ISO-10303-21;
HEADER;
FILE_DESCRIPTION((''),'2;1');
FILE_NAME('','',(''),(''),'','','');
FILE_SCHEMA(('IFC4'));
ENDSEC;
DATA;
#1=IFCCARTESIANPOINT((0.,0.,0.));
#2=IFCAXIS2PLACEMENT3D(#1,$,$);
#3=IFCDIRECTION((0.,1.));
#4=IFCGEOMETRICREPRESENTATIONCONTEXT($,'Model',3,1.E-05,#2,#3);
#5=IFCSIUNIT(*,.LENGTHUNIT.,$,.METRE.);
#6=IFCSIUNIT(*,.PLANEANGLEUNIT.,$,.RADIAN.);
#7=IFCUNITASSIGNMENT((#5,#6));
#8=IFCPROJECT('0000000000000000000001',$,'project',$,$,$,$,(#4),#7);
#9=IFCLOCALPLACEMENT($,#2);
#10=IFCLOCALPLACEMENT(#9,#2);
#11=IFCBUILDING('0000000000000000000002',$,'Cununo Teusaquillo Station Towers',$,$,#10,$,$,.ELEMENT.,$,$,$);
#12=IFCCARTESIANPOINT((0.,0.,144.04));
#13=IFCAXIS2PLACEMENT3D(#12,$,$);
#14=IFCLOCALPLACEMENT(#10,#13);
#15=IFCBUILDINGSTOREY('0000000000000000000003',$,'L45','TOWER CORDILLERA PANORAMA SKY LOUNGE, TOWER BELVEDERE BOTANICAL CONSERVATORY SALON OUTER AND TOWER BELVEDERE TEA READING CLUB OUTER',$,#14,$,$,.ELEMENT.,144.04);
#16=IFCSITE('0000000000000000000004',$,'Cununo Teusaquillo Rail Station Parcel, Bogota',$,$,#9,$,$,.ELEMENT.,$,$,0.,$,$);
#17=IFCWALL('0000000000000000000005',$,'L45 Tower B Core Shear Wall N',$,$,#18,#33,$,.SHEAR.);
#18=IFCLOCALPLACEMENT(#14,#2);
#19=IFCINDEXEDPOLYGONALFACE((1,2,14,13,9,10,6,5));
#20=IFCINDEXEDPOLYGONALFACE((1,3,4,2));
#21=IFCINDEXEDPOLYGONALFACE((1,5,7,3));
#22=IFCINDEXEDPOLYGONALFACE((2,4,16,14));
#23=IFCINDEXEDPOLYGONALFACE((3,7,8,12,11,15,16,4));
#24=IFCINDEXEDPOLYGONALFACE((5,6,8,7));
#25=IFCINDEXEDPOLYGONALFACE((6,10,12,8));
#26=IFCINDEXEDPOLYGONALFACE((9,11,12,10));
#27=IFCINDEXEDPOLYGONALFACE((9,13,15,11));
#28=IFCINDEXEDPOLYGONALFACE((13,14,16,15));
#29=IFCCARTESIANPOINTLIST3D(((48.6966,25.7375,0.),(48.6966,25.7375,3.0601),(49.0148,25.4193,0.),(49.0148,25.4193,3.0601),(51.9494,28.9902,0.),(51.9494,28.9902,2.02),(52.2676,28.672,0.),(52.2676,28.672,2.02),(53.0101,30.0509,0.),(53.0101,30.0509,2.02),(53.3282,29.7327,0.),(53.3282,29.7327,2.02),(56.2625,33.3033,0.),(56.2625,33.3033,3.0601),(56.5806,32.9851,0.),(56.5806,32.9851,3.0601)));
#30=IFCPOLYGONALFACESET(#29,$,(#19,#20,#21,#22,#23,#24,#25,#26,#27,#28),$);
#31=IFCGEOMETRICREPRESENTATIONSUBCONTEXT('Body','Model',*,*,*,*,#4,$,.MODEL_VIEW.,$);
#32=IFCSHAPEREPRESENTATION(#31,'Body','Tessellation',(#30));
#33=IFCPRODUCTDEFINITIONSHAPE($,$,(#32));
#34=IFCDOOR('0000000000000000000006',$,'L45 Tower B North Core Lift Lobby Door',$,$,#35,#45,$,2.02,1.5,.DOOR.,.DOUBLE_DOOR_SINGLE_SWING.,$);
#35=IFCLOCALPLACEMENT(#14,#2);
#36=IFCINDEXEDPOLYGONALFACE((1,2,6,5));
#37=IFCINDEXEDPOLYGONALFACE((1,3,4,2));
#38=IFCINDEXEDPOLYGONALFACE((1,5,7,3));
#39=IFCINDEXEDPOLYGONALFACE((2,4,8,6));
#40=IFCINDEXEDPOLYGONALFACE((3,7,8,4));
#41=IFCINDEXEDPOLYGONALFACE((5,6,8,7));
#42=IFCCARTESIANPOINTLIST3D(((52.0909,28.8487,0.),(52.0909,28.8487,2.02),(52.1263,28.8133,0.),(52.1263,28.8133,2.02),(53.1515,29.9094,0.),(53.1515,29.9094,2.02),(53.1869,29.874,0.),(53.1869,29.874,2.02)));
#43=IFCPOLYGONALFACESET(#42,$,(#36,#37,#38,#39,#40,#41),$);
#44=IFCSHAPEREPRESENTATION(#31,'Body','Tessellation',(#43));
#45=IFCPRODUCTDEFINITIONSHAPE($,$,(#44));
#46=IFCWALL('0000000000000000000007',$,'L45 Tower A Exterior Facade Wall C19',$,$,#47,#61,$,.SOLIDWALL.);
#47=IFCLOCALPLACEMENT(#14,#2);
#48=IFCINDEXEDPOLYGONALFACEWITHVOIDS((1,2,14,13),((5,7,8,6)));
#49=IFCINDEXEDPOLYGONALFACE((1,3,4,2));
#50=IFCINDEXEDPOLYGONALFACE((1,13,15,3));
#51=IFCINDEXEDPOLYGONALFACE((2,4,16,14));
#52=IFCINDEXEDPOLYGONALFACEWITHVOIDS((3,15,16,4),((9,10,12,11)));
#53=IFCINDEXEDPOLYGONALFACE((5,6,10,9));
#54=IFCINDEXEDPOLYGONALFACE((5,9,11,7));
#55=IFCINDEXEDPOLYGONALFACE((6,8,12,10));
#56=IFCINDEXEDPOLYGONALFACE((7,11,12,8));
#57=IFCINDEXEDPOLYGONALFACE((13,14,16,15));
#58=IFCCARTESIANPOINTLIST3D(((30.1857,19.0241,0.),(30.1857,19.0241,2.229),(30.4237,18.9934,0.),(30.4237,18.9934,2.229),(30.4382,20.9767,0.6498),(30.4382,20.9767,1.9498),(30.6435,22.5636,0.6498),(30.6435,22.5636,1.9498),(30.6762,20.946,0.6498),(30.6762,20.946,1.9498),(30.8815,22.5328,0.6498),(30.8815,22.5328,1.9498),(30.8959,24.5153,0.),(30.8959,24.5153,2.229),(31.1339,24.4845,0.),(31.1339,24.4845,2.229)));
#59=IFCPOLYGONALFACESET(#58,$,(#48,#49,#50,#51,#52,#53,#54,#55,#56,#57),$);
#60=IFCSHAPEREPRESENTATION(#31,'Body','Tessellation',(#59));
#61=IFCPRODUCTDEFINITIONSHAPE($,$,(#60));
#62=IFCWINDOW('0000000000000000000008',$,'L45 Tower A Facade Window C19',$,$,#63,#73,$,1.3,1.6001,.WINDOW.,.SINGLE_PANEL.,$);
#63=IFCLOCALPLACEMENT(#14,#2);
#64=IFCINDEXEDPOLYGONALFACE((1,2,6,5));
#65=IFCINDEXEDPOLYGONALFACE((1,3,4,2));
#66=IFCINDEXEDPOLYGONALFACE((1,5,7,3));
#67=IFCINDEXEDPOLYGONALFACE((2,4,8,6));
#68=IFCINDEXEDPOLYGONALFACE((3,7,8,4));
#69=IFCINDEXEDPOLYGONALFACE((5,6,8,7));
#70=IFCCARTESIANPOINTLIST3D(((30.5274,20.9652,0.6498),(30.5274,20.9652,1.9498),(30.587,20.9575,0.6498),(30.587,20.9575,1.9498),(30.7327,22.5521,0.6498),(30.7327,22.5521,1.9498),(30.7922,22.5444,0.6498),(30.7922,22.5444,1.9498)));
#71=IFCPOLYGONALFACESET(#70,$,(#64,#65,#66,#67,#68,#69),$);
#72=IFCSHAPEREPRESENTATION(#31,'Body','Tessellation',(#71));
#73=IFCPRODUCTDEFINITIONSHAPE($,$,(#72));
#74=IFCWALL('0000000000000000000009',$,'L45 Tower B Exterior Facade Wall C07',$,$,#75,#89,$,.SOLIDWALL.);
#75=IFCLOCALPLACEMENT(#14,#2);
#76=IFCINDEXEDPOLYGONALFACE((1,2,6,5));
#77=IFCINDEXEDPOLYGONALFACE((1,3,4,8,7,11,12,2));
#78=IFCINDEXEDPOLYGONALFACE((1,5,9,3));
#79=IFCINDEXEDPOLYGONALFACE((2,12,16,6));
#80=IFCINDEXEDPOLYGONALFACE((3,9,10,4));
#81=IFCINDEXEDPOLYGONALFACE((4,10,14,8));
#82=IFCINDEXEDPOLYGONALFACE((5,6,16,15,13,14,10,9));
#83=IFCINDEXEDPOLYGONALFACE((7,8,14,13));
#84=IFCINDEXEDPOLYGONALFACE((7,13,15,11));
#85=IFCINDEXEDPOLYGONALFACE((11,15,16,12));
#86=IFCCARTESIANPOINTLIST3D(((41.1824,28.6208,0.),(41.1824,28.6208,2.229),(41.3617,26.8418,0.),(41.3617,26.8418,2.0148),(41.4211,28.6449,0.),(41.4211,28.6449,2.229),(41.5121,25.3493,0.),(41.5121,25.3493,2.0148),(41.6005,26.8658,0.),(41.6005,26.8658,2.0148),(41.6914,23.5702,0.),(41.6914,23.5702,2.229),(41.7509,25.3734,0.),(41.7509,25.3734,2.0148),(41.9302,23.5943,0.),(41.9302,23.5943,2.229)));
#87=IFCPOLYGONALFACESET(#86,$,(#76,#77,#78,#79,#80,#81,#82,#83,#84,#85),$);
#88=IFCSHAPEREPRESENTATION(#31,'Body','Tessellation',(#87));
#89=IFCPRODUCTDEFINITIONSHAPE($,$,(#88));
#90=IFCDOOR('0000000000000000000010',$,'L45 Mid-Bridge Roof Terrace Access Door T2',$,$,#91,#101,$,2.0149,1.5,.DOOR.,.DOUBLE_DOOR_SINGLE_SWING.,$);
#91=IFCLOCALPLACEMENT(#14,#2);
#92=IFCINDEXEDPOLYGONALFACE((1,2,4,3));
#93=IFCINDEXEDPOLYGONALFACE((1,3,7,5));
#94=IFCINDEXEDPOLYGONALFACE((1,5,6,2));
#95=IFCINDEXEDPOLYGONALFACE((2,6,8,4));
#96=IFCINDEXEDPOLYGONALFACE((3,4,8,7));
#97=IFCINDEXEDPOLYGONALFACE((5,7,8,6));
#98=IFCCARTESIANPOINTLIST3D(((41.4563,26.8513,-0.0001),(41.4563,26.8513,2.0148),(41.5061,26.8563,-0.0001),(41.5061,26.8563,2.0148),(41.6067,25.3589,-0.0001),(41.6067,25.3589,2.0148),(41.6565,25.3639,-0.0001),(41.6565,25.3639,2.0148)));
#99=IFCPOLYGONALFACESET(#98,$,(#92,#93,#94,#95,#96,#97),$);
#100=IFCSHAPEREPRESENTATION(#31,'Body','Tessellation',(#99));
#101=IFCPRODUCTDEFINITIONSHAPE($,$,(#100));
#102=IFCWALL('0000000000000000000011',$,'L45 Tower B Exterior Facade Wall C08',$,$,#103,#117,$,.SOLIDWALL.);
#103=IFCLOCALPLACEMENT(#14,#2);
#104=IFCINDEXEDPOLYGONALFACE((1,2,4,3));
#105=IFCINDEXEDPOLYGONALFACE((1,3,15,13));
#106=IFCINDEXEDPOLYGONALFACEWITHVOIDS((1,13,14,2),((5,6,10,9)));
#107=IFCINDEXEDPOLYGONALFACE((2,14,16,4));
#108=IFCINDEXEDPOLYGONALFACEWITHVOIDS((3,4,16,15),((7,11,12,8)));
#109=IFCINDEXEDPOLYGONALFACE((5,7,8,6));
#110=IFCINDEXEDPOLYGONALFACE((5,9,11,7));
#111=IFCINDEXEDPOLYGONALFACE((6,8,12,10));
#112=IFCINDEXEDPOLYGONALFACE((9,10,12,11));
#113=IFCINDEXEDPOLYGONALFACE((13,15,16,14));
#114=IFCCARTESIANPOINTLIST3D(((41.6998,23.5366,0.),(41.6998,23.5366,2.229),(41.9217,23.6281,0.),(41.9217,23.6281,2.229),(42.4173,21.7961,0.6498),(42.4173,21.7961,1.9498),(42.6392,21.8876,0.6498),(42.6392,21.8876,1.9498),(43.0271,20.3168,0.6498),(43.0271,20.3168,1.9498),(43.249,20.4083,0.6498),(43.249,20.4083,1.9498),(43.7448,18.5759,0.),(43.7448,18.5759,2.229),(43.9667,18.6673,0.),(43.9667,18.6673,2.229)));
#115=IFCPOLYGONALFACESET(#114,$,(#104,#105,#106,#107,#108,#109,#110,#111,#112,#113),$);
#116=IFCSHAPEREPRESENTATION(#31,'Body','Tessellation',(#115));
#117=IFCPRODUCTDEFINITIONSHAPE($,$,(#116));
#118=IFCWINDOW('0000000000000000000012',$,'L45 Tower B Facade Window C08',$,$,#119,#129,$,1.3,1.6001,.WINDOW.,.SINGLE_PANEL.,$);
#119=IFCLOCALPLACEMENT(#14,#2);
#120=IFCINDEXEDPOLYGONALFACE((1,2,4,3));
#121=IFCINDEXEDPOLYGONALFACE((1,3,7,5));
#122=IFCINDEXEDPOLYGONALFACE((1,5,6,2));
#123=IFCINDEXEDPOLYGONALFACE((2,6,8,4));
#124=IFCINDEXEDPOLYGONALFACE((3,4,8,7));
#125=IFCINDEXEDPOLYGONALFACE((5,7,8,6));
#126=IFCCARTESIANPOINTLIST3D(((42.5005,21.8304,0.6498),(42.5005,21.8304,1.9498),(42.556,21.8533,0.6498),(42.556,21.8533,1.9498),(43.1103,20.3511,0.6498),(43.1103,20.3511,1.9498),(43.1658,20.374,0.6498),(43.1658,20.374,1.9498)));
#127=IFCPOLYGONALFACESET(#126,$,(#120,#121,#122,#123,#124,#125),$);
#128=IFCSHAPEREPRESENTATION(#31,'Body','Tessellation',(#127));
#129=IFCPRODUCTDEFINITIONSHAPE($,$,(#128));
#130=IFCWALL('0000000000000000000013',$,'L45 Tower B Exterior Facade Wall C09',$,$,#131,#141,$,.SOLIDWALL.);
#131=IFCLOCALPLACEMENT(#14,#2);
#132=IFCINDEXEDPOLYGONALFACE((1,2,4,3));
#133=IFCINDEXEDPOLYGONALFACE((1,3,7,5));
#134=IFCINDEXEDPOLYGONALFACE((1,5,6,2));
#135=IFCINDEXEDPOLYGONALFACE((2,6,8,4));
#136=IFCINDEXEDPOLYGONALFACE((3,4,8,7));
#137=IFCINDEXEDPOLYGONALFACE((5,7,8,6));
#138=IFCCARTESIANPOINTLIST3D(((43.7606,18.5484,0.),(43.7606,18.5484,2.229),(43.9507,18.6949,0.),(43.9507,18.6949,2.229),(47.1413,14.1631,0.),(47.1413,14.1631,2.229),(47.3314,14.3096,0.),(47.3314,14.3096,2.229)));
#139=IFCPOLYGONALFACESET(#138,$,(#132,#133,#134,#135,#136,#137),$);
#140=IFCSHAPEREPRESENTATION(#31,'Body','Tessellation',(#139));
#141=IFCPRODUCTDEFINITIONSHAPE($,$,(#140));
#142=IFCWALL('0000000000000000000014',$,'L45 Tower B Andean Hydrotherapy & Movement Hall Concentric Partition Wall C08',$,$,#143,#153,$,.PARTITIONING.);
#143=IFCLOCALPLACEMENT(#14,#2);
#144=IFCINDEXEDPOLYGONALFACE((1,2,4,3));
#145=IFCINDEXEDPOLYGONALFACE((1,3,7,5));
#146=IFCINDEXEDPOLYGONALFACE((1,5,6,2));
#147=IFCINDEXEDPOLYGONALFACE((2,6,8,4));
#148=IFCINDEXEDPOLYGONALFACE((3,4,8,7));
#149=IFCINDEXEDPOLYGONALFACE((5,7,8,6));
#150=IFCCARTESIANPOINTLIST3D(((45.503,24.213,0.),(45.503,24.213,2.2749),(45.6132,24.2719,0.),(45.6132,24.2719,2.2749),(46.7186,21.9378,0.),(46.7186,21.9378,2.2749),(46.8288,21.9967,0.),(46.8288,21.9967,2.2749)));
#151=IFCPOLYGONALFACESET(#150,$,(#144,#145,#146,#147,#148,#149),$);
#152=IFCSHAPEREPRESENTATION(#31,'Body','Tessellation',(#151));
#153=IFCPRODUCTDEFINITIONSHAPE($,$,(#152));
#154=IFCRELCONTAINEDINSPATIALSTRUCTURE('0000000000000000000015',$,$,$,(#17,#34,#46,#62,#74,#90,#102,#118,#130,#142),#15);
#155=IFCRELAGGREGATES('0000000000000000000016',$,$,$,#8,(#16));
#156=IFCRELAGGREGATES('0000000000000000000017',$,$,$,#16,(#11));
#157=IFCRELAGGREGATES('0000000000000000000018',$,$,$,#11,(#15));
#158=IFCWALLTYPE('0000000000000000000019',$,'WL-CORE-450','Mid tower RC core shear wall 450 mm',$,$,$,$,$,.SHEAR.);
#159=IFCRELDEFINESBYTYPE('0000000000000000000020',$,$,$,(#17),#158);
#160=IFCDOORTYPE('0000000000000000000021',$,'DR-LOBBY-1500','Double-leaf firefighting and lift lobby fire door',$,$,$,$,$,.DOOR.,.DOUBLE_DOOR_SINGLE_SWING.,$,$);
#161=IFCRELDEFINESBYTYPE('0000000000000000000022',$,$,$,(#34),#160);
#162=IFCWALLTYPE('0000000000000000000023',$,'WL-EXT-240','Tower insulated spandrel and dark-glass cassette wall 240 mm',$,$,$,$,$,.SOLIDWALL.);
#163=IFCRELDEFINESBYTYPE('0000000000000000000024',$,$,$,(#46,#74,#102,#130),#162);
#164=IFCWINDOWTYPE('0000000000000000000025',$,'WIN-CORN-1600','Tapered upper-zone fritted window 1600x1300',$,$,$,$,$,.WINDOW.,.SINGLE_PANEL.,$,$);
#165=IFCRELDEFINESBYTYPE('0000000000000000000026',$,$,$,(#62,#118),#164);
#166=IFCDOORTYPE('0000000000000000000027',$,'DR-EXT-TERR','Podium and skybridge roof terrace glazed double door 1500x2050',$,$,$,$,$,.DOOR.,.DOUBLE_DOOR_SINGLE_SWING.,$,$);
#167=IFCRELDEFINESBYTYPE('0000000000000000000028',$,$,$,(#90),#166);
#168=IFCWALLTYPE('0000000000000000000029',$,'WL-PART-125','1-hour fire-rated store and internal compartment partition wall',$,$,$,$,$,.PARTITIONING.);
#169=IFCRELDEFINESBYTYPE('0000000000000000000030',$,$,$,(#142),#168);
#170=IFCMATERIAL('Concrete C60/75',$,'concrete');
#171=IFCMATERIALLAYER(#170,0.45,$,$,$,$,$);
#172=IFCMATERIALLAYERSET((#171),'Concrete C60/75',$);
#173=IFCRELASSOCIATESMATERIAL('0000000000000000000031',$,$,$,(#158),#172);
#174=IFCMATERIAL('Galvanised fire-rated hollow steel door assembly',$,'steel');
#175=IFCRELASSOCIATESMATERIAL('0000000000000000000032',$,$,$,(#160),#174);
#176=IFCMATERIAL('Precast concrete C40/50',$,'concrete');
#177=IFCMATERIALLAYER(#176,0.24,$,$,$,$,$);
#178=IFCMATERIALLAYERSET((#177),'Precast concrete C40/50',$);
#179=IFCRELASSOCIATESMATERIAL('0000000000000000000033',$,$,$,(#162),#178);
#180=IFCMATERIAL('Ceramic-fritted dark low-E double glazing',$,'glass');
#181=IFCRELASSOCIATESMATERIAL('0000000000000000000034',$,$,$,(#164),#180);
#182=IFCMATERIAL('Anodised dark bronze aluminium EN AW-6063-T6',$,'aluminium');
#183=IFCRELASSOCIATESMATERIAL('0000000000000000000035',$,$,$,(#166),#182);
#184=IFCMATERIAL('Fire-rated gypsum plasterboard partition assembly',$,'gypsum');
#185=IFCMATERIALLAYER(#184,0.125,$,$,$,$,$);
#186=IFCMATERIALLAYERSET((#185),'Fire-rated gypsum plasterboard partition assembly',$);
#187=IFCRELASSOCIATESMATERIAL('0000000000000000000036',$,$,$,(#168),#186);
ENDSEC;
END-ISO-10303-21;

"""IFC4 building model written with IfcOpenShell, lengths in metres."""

from ifc_helpers import new_model, si_unit, direction, frame, frame_2d, origin, place, context, subcontext, project, spatial, rectangle, extrude, source, transform, mapped, material, layer, layer_set, type_object, element, fill, save


model = new_model("IFC4")

# Units and contexts
model_context = context("Model", 3, precision=1e-05, world=origin(), true_north=direction((0.0, 1.0)))
body_context = subcontext(model_context, "Body", "Model", "MODEL_VIEW")
ifc_project = project(units=[si_unit("LENGTHUNIT", "METRE"), si_unit("PLANEANGLEUNIT", "RADIAN")], contexts=[model_context])

# Site, building, storey
site_placement = place(None, origin())
site = spatial("IfcSite", under=ifc_project, at=site_placement, Name="Cununo Teusaquillo Rail Station Parcel, Bogota", CompositionType="ELEMENT", RefElevation=0.0)
building_placement = place(site_placement, origin())
building = spatial("IfcBuilding", under=site, at=building_placement, Name="Cununo Teusaquillo Station Towers", CompositionType="ELEMENT")
storey_placement = place(building_placement, frame((0.0, 0.0, 144.04)))
storey = spatial("IfcBuildingStorey", under=building, at=storey_placement, Name="L45", Description="TOWER CORDILLERA PANORAMA SKY LOUNGE, TOWER BELVEDERE BOTANICAL CONSERVATORY SALON OUTER AND TOWER BELVEDERE TEA READING CLUB OUTER", CompositionType="ELEMENT", Elevation=144.04)

# Wall, opening, door
ifc_material_1 = material(Name="Concrete C60/75", Category="concrete")
ifc_layer_1 = layer(ifc_material_1, 0.45)
ifc_layer_set_1 = layer_set([ifc_layer_1], Name="Concrete C60/75")
wall_type_1 = type_object("IfcWallType", Name="WL-CORE-450", Description="Mid tower RC core shear wall 450 mm", PredefinedType="SHEAR", material=ifc_layer_set_1)
wall_1_placement = place(storey_placement, frame((48.8557, 25.5784, 0.0), z_axis=(0.0, 0.0, 1.0), x_axis=(0.707107, 0.707107, 0.0)))
wall_1 = element("IfcWall", 1, at=wall_1_placement, inside=storey, type_object=wall_type_1, Name="L45 Tower B Core Shear Wall N", PredefinedType="SHEAR", context=body_context, shape_type="SweptSolid", body=[
    extrude(rectangle(XDim=10.6997, YDim=0.45, at=frame_2d((5.3499, 0.0))), origin(), (0.0, 0.0, 1.0), 3.0601),
])
shared_shape_1 = source(origin(), body_context, "Body", "SweptSolid", [
    extrude(rectangle(XDim=1.5, YDim=2.02, at=frame_2d((0.75, 1.01))), frame((0.0, 0.2349, 0.0), z_axis=(0.0, -1.0, 0.0), x_axis=(1.0, 0.0, 0.0)), (0.0, 0.0, 1.0), 0.47),
])
opening_1_placement = place(wall_1_placement, frame((4.6001, 0.0, 0.0)))
opening_1 = element("IfcOpeningElement", 2, at=opening_1_placement, cuts=wall_1, PredefinedType="OPENING", context=body_context, shape_type="MappedRepresentation", body=[
    mapped(shared_shape_1, transform((0.0, 0.0, 0.0), x_axis=(1.0, 0.0, 0.0), y_axis=(0.0, 1.0, 0.0), z_axis=(0.0, 0.0, 1.0), scale=1.0)),
])
ifc_material_2 = material(Name="Galvanised fire-rated hollow steel door assembly", Category="steel")
door_type_1 = type_object("IfcDoorType", Name="DR-LOBBY-1500", Description="Double-leaf firefighting and lift lobby fire door", OperationType="DOUBLE_DOOR_SINGLE_SWING", PredefinedType="DOOR", material=ifc_material_2)
shared_shape_2 = source(origin(), body_context, "Body", "SweptSolid", [
    extrude(rectangle(XDim=1.5, YDim=2.02, at=frame_2d((0.75, 1.01))), frame((0.0, 0.0249, 0.0), z_axis=(0.0, -1.0, 0.0), x_axis=(1.0, 0.0, 0.0)), (0.0, 0.0, 1.0), 0.05),
])
door_1_placement = place(opening_1_placement, origin())
door_1 = element("IfcDoor", 3, at=door_1_placement, inside=storey, type_object=door_type_1, Name="L45 Tower B North Core Lift Lobby Door", OperationType="DOUBLE_DOOR_SINGLE_SWING", OverallHeight=2.02, OverallWidth=1.5, PredefinedType="DOOR", context=body_context, shape_type="MappedRepresentation", body=[
    mapped(shared_shape_2, transform((0.0, 0.0, 0.0), x_axis=(1.0, 0.0, 0.0), y_axis=(0.0, 1.0, 0.0), z_axis=(0.0, 0.0, 1.0), scale=1.0)),
])
fill(opening_1, door_1)

# Wall, opening, window
ifc_material_3 = material(Name="Precast concrete C40/50", Category="concrete")
ifc_layer_2 = layer(ifc_material_3, 0.24)
ifc_layer_set_2 = layer_set([ifc_layer_2], Name="Precast concrete C40/50")
wall_type_2 = type_object("IfcWallType", Name="WL-EXT-240", Description="Tower insulated spandrel and dark-glass cassette wall 240 mm", PredefinedType="SOLIDWALL", material=ifc_layer_set_2)
wall_2_placement = place(storey_placement, frame((31.0149, 24.5, 0.0), z_axis=(0.0, 0.0, 1.0), x_axis=(-0.128267, -0.99174, 0.0)))
wall_2 = element("IfcWall", 4, at=wall_2_placement, inside=storey, type_object=wall_type_2, Name="L45 Tower A Exterior Facade Wall C19", PredefinedType="SOLIDWALL", context=body_context, shape_type="SweptSolid", body=[
    extrude(rectangle(XDim=5.5369, YDim=0.24, at=frame_2d((2.7686, 0.0))), origin(), (0.0, 0.0, 1.0), 2.229),
])
shared_shape_3 = source(origin(), body_context, "Body", "SweptSolid", [
    extrude(rectangle(XDim=1.6001, YDim=1.3, at=frame_2d((0.8, 0.6499))), frame((0.0, 0.1299, 0.0), z_axis=(0.0, -1.0, 0.0), x_axis=(1.0, 0.0, 0.0)), (0.0, 0.0, 1.0), 0.26),
])
opening_2_placement = place(wall_2_placement, frame((1.968, 0.0, 0.6499)))
opening_2 = element("IfcOpeningElement", 5, at=opening_2_placement, cuts=wall_2, PredefinedType="OPENING", context=body_context, shape_type="MappedRepresentation", body=[
    mapped(shared_shape_3, transform((0.0, 0.0, 0.0), x_axis=(1.0, 0.0, 0.0), y_axis=(0.0, 1.0, 0.0), z_axis=(0.0, 0.0, 1.0), scale=1.0)),
])
ifc_material_4 = material(Name="Ceramic-fritted dark low-E double glazing", Category="glass")
window_type = type_object("IfcWindowType", Name="WIN-CORN-1600", Description="Tapered upper-zone fritted window 1600x1300", PartitioningType="SINGLE_PANEL", PredefinedType="WINDOW", material=ifc_material_4)
shared_shape_4 = source(origin(), body_context, "Body", "SweptSolid", [
    extrude(rectangle(XDim=1.6001, YDim=1.3, at=frame_2d((0.8, 0.6499))), frame((0.0, 0.03, 0.0), z_axis=(0.0, -1.0, 0.0), x_axis=(1.0, 0.0, 0.0)), (0.0, 0.0, 1.0), 0.0601),
])
window_1_placement = place(opening_2_placement, origin())
window_1 = element("IfcWindow", 6, at=window_1_placement, inside=storey, type_object=window_type, Name="L45 Tower A Facade Window C19", OverallHeight=1.3, OverallWidth=1.6001, PartitioningType="SINGLE_PANEL", PredefinedType="WINDOW", context=body_context, shape_type="MappedRepresentation", body=[
    mapped(shared_shape_4, transform((0.0, 0.0, 0.0), x_axis=(1.0, 0.0, 0.0), y_axis=(0.0, 1.0, 0.0), z_axis=(0.0, 0.0, 1.0), scale=1.0)),
])
fill(opening_2, window_1)

# Wall, opening, door
wall_3_placement = place(storey_placement, frame((41.8108, 23.5823, 0.0), z_axis=(0.0, 0.0, 1.0), x_axis=(-0.10028, 0.994959, 0.0)))
wall_3 = element("IfcWall", 7, at=wall_3_placement, inside=storey, type_object=wall_type_2, Name="L45 Tower B Exterior Facade Wall C07", PredefinedType="SOLIDWALL", context=body_context, shape_type="SweptSolid", body=[
    extrude(rectangle(XDim=5.0762, YDim=0.24, at=frame_2d((2.5381, 0.0))), origin(), (0.0, 0.0, 1.0), 2.229),
])
shared_shape_5 = source(origin(), body_context, "Body", "SweptSolid", [
    extrude(rectangle(XDim=1.5, YDim=2.0149, at=frame_2d((0.75, 1.0073))), frame((0.0, 0.1299, 0.0), z_axis=(0.0, -1.0, 0.0), x_axis=(1.0, 0.0, 0.0)), (0.0, 0.0, 1.0), 0.26),
])
opening_3_placement = place(wall_3_placement, frame((1.7881, 0.0, 0.0)))
opening_3 = element("IfcOpeningElement", 8, at=opening_3_placement, cuts=wall_3, PredefinedType="OPENING", context=body_context, shape_type="MappedRepresentation", body=[
    mapped(shared_shape_5, transform((0.0, 0.0, 0.0), x_axis=(1.0, 0.0, 0.0), y_axis=(0.0, 1.0, 0.0), z_axis=(0.0, 0.0, 1.0), scale=1.0)),
])
ifc_material_5 = material(Name="Anodised dark bronze aluminium EN AW-6063-T6", Category="aluminium")
door_type_2 = type_object("IfcDoorType", Name="DR-EXT-TERR", Description="Podium and skybridge roof terrace glazed double door 1500x2050", OperationType="DOUBLE_DOOR_SINGLE_SWING", PredefinedType="DOOR", material=ifc_material_5)
shared_shape_6 = source(origin(), body_context, "Body", "SweptSolid", [
    extrude(rectangle(XDim=1.5, YDim=2.0149, at=frame_2d((0.75, 1.0073))), frame((0.0, 0.0249, 0.0), z_axis=(0.0, -1.0, 0.0), x_axis=(1.0, 0.0, 0.0)), (0.0, 0.0, 1.0), 0.05),
])
door_2_placement = place(opening_3_placement, origin())
door_2 = element("IfcDoor", 9, at=door_2_placement, inside=storey, type_object=door_type_2, Name="L45 Mid-Bridge Roof Terrace Access Door T2", OperationType="DOUBLE_DOOR_SINGLE_SWING", OverallHeight=2.0149, OverallWidth=1.5, PredefinedType="DOOR", context=body_context, shape_type="MappedRepresentation", body=[
    mapped(shared_shape_6, transform((0.0, 0.0, 0.0), x_axis=(1.0, 0.0, 0.0), y_axis=(0.0, 1.0, 0.0), z_axis=(0.0, 0.0, 1.0), scale=1.0)),
])
fill(opening_3, door_2)

# Wall, opening, window
wall_4_placement = place(storey_placement, frame((43.8557, 18.6216, 0.0), z_axis=(0.0, 0.0, 1.0), x_axis=(-0.381114, 0.924528, 0.0)))
wall_4 = element("IfcWall", 10, at=wall_4_placement, inside=storey, type_object=wall_type_2, Name="L45 Tower B Exterior Facade Wall C08", PredefinedType="SOLIDWALL", context=body_context, shape_type="SweptSolid", body=[
    extrude(rectangle(XDim=5.3657, YDim=0.24, at=frame_2d((2.6829, 0.0))), origin(), (0.0, 0.0, 1.0), 2.229),
])
opening_4_placement = place(wall_4_placement, frame((1.8831, 0.0, 0.6499)))
opening_4 = element("IfcOpeningElement", 11, at=opening_4_placement, cuts=wall_4, PredefinedType="OPENING", context=body_context, shape_type="MappedRepresentation", body=[
    mapped(shared_shape_3, transform((0.0, 0.0, 0.0), x_axis=(1.0, 0.0, 0.0), y_axis=(0.0, 1.0, 0.0), z_axis=(0.0, 0.0, 1.0), scale=1.0)),
])
window_2_placement = place(opening_4_placement, origin())
window_2 = element("IfcWindow", 12, at=window_2_placement, inside=storey, type_object=window_type, Name="L45 Tower B Facade Window C08", OverallHeight=1.3, OverallWidth=1.6001, PartitioningType="SINGLE_PANEL", PredefinedType="WINDOW", context=body_context, shape_type="MappedRepresentation", body=[
    mapped(shared_shape_4, transform((0.0, 0.0, 0.0), x_axis=(1.0, 0.0, 0.0), y_axis=(0.0, 1.0, 0.0), z_axis=(0.0, 0.0, 1.0), scale=1.0)),
])
fill(opening_4, window_2)

# Walls
wall_5_placement = place(storey_placement, frame((47.2363, 14.2363, 0.0), z_axis=(0.0, 0.0, 1.0), x_axis=(-0.610544, 0.791983, 0.0)))
element("IfcWall", 13, at=wall_5_placement, inside=storey, type_object=wall_type_2, Name="L45 Tower B Exterior Facade Wall C09", PredefinedType="SOLIDWALL", context=body_context, shape_type="SweptSolid", body=[
    extrude(rectangle(XDim=5.5371, YDim=0.24, at=frame_2d((2.7686, 0.0))), origin(), (0.0, 0.0, 1.0), 2.229),
])
ifc_material_6 = material(Name="Fire-rated gypsum plasterboard partition assembly", Category="gypsum")
ifc_layer_3 = layer(ifc_material_6, 0.125)
ifc_layer_set_3 = layer_set([ifc_layer_3], Name="Fire-rated gypsum plasterboard partition assembly")
wall_type_3 = type_object("IfcWallType", Name="WL-PART-125", Description="1-hour fire-rated store and internal compartment partition wall", PredefinedType="PARTITIONING", material=ifc_layer_set_3)
wall_6_placement = place(storey_placement, frame((45.5581, 24.2424, 0.0), z_axis=(0.0, 0.0, 1.0), x_axis=(0.471241, -0.882004, 0.0)))
element("IfcWall", 14, at=wall_6_placement, inside=storey, type_object=wall_type_3, Name="L45 Tower B Andean Hydrotherapy & Movement Hall Concentric Partition Wall C08", PredefinedType="PARTITIONING", context=body_context, shape_type="SweptSolid", body=[
    extrude(rectangle(XDim=2.5796, YDim=0.125, at=frame_2d((1.2898, 0.0))), origin(), (0.0, 0.0, 1.0), 2.2749),
])

save(model, "model.ifc")
